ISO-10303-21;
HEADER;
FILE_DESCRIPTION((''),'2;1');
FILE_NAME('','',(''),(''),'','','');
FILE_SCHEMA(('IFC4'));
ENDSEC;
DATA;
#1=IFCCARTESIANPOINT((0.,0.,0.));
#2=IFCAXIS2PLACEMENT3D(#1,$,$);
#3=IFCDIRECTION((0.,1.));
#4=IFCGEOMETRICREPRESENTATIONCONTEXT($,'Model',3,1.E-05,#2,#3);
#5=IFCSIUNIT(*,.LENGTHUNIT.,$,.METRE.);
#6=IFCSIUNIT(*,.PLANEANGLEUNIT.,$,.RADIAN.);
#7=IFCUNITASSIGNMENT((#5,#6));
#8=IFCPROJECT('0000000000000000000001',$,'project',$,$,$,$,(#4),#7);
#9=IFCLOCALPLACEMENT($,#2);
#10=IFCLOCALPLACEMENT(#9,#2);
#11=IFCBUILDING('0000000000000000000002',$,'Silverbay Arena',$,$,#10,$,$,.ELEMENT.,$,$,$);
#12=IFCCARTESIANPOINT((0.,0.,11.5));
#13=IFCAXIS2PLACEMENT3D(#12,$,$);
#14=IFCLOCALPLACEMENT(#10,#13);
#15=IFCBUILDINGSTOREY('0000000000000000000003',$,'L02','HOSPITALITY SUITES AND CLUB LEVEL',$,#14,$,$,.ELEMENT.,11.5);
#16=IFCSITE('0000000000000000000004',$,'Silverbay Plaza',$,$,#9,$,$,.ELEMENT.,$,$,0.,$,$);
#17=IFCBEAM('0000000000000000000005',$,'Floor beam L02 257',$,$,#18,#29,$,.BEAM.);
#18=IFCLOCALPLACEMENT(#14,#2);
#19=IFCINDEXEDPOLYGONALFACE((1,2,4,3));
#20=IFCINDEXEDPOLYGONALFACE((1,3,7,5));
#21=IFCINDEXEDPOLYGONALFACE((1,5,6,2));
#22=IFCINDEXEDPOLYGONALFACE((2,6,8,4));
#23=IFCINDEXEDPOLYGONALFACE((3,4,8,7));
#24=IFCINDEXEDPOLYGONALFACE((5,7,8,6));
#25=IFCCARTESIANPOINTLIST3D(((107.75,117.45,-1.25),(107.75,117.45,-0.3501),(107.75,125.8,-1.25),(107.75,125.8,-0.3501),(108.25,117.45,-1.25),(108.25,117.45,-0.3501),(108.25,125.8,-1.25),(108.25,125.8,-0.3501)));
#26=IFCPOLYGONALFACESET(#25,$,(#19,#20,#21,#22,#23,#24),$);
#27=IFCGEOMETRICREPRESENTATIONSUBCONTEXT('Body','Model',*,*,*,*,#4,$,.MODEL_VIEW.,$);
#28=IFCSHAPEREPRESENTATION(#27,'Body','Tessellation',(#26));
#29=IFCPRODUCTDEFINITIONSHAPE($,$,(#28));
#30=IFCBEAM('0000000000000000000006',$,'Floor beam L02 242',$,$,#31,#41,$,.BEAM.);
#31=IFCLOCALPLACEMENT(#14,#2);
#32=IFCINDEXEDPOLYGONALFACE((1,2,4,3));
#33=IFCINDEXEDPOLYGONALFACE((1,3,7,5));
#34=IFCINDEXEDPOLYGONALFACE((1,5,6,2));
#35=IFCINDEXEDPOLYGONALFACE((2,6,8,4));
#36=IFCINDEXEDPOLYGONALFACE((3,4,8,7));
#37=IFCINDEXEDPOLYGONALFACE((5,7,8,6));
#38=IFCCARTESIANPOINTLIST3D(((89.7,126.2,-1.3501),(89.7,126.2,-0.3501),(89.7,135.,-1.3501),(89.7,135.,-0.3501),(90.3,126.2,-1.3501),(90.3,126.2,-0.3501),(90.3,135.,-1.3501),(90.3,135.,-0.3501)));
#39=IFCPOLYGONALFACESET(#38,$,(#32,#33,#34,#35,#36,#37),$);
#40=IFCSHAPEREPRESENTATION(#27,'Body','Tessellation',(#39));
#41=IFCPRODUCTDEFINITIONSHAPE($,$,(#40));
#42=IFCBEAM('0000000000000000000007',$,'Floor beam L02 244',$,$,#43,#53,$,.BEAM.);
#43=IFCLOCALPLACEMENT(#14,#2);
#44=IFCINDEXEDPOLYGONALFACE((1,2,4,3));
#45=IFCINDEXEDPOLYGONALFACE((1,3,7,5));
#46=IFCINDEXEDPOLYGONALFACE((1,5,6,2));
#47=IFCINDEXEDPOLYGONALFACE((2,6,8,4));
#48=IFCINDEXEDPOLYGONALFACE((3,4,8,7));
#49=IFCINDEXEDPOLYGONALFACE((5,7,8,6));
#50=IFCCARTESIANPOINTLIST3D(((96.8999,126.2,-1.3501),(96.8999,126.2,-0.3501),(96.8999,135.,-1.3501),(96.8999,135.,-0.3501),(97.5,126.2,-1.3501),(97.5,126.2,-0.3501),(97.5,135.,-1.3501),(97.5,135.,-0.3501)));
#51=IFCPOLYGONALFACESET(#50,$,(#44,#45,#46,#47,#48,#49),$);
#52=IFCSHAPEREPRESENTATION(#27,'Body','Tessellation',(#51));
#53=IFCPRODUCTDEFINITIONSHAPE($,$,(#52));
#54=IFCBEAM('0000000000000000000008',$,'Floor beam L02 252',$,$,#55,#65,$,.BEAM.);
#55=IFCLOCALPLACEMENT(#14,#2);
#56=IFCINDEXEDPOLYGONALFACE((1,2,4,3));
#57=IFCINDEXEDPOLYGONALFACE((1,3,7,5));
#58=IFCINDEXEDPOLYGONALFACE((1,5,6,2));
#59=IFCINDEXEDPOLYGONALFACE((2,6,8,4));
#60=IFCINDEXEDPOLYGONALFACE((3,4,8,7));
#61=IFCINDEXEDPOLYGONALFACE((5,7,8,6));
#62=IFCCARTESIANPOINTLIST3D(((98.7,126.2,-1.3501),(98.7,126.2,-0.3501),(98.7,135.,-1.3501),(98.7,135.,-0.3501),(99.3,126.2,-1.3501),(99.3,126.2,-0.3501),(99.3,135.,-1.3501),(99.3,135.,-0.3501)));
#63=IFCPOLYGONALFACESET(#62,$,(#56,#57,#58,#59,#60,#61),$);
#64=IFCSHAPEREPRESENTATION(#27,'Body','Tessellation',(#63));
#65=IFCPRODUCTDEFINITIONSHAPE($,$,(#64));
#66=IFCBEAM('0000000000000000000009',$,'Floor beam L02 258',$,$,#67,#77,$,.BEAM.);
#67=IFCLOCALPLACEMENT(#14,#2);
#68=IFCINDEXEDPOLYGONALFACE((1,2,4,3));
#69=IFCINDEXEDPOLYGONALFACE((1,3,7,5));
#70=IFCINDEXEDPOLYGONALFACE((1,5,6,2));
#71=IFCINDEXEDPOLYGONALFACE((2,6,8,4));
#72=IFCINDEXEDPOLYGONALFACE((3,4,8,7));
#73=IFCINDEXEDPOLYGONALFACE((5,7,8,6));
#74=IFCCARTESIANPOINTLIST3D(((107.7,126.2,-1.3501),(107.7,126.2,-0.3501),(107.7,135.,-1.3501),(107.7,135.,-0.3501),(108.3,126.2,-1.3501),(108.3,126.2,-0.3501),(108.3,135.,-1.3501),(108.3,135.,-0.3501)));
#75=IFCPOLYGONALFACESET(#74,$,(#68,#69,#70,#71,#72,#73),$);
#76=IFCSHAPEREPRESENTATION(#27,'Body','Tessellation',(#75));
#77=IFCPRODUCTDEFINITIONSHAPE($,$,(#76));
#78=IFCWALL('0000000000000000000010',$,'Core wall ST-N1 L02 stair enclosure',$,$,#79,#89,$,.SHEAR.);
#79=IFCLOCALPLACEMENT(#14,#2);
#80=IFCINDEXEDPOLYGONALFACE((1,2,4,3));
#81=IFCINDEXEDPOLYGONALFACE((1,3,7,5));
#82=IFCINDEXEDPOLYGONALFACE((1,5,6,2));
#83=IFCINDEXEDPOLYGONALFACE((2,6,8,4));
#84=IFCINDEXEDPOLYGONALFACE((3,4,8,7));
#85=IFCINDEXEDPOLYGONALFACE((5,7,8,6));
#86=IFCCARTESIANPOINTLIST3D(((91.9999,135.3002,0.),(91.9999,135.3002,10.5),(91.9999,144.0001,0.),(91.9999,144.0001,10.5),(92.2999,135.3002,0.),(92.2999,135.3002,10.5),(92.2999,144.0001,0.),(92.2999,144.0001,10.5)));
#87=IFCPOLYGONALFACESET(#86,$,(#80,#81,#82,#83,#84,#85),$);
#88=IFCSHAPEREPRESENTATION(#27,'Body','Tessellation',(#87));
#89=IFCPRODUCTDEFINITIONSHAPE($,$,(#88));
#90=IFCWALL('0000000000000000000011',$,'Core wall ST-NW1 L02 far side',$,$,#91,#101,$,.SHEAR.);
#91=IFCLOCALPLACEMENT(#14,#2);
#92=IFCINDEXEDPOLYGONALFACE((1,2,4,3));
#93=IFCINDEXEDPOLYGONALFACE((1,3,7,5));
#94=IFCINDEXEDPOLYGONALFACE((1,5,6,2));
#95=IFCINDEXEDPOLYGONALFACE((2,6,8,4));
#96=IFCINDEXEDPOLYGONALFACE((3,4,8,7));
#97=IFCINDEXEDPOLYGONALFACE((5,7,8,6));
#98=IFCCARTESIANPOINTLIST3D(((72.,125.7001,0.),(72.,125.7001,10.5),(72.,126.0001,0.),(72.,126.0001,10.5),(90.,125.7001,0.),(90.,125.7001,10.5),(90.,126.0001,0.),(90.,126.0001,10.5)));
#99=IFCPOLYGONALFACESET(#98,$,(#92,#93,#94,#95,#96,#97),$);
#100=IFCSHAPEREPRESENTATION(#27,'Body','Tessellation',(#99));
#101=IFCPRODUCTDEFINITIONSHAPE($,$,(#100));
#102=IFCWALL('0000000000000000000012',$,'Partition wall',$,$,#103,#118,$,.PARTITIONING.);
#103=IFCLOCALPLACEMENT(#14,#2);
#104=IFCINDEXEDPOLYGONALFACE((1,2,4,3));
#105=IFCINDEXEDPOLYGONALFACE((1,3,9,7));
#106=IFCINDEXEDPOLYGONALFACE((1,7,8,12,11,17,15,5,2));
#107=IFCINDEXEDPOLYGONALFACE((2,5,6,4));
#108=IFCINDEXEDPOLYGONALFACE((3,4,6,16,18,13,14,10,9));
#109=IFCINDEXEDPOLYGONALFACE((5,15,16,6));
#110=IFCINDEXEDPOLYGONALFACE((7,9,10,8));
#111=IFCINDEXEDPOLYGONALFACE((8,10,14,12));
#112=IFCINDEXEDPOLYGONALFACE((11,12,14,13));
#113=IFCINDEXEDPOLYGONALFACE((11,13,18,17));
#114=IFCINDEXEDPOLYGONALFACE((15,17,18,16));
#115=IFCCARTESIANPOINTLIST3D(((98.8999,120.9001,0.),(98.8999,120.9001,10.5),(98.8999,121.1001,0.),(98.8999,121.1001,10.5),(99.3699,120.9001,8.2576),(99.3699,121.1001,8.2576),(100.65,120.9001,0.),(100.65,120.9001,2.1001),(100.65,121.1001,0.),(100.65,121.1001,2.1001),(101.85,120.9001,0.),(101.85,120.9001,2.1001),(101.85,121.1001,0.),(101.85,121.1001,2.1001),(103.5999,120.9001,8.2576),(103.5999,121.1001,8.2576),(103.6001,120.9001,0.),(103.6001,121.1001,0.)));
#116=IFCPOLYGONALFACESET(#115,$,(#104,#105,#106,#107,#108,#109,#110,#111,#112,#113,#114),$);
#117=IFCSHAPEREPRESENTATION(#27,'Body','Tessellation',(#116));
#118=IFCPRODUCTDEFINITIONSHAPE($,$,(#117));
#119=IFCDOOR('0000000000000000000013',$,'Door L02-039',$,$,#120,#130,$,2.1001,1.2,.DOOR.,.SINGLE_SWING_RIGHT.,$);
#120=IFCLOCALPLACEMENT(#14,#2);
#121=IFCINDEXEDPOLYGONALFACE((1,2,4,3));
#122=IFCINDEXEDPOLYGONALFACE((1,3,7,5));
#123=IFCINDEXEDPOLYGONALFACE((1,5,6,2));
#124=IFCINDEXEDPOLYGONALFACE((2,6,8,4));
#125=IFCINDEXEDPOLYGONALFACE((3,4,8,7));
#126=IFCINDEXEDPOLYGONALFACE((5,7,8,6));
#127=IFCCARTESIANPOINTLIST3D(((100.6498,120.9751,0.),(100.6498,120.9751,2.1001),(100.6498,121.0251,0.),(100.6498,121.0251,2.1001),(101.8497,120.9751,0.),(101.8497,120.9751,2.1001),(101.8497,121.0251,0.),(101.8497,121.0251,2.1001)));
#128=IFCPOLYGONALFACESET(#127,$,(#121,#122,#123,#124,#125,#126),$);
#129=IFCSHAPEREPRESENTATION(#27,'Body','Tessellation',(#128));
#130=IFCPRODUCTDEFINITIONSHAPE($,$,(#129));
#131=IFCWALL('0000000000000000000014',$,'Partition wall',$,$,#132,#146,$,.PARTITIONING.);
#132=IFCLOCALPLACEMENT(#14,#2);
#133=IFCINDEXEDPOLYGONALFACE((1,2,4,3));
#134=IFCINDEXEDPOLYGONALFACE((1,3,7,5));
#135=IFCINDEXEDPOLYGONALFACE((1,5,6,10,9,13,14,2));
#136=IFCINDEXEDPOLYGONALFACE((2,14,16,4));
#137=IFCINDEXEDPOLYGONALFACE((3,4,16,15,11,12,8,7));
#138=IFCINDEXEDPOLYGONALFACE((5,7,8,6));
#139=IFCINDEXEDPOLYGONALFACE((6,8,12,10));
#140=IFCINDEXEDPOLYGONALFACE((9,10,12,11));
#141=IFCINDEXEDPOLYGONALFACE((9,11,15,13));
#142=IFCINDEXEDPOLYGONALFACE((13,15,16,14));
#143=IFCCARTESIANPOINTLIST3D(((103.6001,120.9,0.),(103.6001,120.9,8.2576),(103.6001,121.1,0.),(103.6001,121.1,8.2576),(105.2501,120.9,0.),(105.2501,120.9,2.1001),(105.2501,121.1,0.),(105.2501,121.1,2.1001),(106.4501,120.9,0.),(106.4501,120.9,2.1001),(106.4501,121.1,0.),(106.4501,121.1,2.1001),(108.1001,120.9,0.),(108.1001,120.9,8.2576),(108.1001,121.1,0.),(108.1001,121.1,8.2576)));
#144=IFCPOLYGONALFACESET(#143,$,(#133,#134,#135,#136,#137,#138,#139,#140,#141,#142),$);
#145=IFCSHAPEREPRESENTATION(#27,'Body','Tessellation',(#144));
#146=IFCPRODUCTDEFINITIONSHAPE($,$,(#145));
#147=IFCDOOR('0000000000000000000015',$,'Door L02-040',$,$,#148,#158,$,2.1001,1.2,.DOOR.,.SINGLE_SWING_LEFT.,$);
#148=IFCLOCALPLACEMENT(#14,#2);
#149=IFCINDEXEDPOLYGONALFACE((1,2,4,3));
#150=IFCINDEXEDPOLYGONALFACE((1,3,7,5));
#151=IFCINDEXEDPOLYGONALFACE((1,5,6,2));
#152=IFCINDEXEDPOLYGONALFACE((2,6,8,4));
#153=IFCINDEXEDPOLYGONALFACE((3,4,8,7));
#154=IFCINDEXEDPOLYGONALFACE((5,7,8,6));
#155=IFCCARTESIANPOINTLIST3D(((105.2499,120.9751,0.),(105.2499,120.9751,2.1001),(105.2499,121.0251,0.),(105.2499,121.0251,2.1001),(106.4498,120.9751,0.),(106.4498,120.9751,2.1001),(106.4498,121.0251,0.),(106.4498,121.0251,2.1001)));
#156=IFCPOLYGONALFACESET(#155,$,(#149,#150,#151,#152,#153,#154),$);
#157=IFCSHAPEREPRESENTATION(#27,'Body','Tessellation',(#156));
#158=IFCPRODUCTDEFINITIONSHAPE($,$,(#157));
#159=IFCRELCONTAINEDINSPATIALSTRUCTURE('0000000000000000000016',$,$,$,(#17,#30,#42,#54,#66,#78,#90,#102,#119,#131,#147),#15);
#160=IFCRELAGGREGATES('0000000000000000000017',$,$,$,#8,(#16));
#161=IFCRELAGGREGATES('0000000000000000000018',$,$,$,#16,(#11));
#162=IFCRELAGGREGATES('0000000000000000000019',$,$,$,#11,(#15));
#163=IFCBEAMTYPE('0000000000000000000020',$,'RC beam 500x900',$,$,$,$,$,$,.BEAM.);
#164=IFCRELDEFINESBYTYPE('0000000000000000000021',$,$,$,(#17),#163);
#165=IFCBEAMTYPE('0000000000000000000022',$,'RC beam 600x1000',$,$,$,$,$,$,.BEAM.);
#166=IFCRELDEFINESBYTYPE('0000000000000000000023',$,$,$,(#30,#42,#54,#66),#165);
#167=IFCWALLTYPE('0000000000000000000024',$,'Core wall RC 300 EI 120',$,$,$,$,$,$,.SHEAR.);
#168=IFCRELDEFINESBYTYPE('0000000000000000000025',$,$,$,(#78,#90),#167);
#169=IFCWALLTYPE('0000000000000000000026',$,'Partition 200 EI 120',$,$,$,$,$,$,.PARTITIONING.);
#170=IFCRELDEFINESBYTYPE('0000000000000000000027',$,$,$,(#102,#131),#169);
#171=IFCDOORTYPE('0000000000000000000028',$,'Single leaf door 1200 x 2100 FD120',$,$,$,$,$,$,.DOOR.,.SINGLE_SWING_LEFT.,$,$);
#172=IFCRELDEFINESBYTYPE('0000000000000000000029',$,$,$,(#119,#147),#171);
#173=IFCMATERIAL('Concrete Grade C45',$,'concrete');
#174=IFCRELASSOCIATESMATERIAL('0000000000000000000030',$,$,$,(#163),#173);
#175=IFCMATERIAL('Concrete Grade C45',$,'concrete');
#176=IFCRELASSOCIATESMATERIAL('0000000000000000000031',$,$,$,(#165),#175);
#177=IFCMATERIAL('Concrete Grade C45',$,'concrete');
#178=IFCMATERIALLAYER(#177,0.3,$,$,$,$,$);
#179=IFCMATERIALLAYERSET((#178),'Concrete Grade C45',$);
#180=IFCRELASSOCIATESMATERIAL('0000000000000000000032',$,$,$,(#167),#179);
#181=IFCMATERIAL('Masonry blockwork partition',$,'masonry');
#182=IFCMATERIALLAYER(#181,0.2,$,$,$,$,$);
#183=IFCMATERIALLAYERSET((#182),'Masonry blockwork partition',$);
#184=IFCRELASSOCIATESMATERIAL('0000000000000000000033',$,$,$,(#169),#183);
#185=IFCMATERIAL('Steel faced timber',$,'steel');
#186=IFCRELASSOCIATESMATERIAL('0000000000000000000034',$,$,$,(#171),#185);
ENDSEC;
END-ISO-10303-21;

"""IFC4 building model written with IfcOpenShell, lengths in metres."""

from ifc_helpers import new_model, si_unit, direction, frame, frame_2d, origin, origin_2d, place, context, subcontext, project, spatial, polyline, rectangle, outline, extrude, material, layer, layer_set, material_profile, profile_set, type_object, element, fill, save


model = new_model("IFC4")

# Units and contexts
model_context = context("Model", 3, precision=1e-05, world=origin(), true_north=direction((0.0, 1.0)))
body_context = subcontext(model_context, "Body", "Model", "MODEL_VIEW")
ifc_project = project(units=[si_unit("LENGTHUNIT", "METRE"), si_unit("PLANEANGLEUNIT", "RADIAN")], contexts=[model_context])

# Site, building, storey
site_placement = place(None, origin())
site = spatial("IfcSite", under=ifc_project, at=site_placement, Name="Silverbay Plaza", CompositionType="ELEMENT", RefElevation=0.0)
building_placement = place(site_placement, origin())
building = spatial("IfcBuilding", under=site, at=building_placement, Name="Silverbay Arena", CompositionType="ELEMENT")
storey_placement = place(building_placement, frame((0.0, 0.0, 11.5)))
storey = spatial("IfcBuildingStorey", under=building, at=storey_placement, Name="L02", Description="HOSPITALITY SUITES AND CLUB LEVEL", CompositionType="ELEMENT", Elevation=11.5)

# Beams
ifc_material_1 = material(Name="Concrete Grade C45", Category="concrete")
ifc_material_profile_1 = material_profile(ifc_material_1, rectangle(XDim=0.5, YDim=0.8999, at=origin_2d()), Name="RC 500x900")
ifc_profile_set_1 = profile_set([ifc_material_profile_1], Name="Concrete Grade C45")
beam_type_1 = type_object("IfcBeamType", Name="RC beam 500x900", PredefinedType="BEAM", material=ifc_profile_set_1)
beam_placement = place(storey_placement, frame((108.0, 117.45, -0.8), z_axis=(0.0, 1.0, 0.0), x_axis=(-1.0, 0.0, 0.0)))
element("IfcBeam", 1, at=beam_placement, inside=storey, type_object=beam_type_1, Name="Floor beam L02 257", PredefinedType="BEAM", context=body_context, shape_type="SweptSolid", body=[
    extrude(rectangle(XDim=0.5, YDim=0.8999, at=origin_2d()), origin(), (0.0, 0.0, 1.0), 8.3501),
])
ifc_material_2 = material(Name="Concrete Grade C45", Category="concrete")
ifc_material_profile_2 = material_profile(ifc_material_2, rectangle(XDim=0.6001, YDim=1.0, at=origin_2d()), Name="RC 600x1000")
ifc_profile_set_2 = profile_set([ifc_material_profile_2], Name="Concrete Grade C45")
beam_type_2 = type_object("IfcBeamType", Name="RC beam 600x1000", PredefinedType="BEAM", material=ifc_profile_set_2)
for number, where, z_axis, x_axis, name in (
    (2, (90.0, 126.2, -0.8501), (0.0, 1.0, 0.0), (-1.0, 0.0, 0.0), "Floor beam L02 242"),
    (3, (97.2, 126.2, -0.8501), (0.0, 1.0, 0.0), (-1.0, 0.0, 0.0), "Floor beam L02 244"),
    (4, (99.0, 126.2, -0.8501), (0.0, 1.0, 0.0), (-1.0, 0.0, 0.0), "Floor beam L02 252"),
    (5, (108.0, 126.2, -0.8501), (0.0, 1.0, 0.0), (-1.0, 0.0, 0.0), "Floor beam L02 258"),
):
    element("IfcBeam", number, at=place(storey_placement, frame(where, z_axis=z_axis, x_axis=x_axis)), inside=storey, type_object=beam_type_2, Name=name, PredefinedType="BEAM", context=body_context, shape_type="SweptSolid", body=[
        extrude(rectangle(XDim=0.6001, YDim=1.0, at=origin_2d()), origin(), (0.0, 0.0, 1.0), 8.8),
    ])

# Walls
ifc_material_3 = material(Name="Concrete Grade C45", Category="concrete")
ifc_layer_1 = layer(ifc_material_3, 0.3)
ifc_layer_set_1 = layer_set([ifc_layer_1], Name="Concrete Grade C45")
wall_type_1 = type_object("IfcWallType", Name="Core wall RC 300 EI 120", PredefinedType="SHEAR", material=ifc_layer_set_1)
wall_1_placement = place(storey_placement, frame((92.1499, 135.3, 0.0), z_axis=(0.0, 0.0, 1.0), x_axis=(0.0, 1.0, 0.0)))
element("IfcWall", 6, at=wall_1_placement, inside=storey, type_object=wall_type_1, Name="Core wall ST-N1 L02 stair enclosure", PredefinedType="SHEAR", context=body_context, shape_type="SweptSolid", body=[
    extrude(rectangle(XDim=8.7, YDim=0.3, at=frame_2d((4.3501, 0.0))), origin(), (0.0, 0.0, 1.0), 10.5),
])
wall_2_placement = place(storey_placement, frame((90.0, 125.8501, 0.0), z_axis=(0.0, 0.0, 1.0), x_axis=(-1.0, 0.0, 0.0)))
element("IfcWall", 7, at=wall_2_placement, inside=storey, type_object=wall_type_1, Name="Core wall ST-NW1 L02 far side", PredefinedType="SHEAR", context=body_context, shape_type="SweptSolid", body=[
    extrude(rectangle(XDim=18.0, YDim=0.3, at=frame_2d((9.0, 0.0))), origin(), (0.0, 0.0, 1.0), 10.5),
])

# Walls, openings, doors
ifc_material_4 = material(Name="Masonry blockwork partition", Category="masonry")
ifc_layer_2 = layer(ifc_material_4, 0.2)
ifc_layer_set_2 = layer_set([ifc_layer_2], Name="Masonry blockwork partition")
wall_type_2 = type_object("IfcWallType", Name="Partition 200 EI 120", PredefinedType="PARTITIONING", material=ifc_layer_set_2)
wall_3_placement = place(storey_placement, frame((98.8999, 121.0, 0.0), z_axis=(0.0, 0.0, 1.0), x_axis=(1.0, 0.0, 0.0)))
wall_3 = element("IfcWall", 8, at=wall_3_placement, inside=storey, type_object=wall_type_2, Name="Partition wall", PredefinedType="PARTITIONING", context=body_context, shape_type="SweptSolid", body=[
    extrude(outline(polyline([(0.0, 0.0), (4.7002, 0.0), (4.7, 8.2576), (0.47, 8.2576), (0.0, 10.5), (0.0, 0.0)])), frame((0.0, 0.1001, 0.0), z_axis=(0.0, -1.0, 0.0), x_axis=(1.0, 0.0, 0.0)), (0.0, 0.0, 1.0), 0.2),
])
opening_1_placement = place(wall_3_placement, frame((1.75, 0.0, 0.0)))
opening_1 = element("IfcOpeningElement", 9, at=opening_1_placement, cuts=wall_3, PredefinedType="OPENING", context=body_context, shape_type="SweptSolid", body=[
    extrude(rectangle(XDim=1.2, YDim=2.1001, at=frame_2d((0.6001, 1.05))), frame((0.0, 0.1099, 0.0), z_axis=(0.0, -1.0, 0.0), x_axis=(1.0, 0.0, 0.0)), (0.0, 0.0, 1.0), 0.22),
])
ifc_material_5 = material(Name="Steel faced timber", Category="steel")
door_type_1 = type_object("IfcDoorType", Name="Single leaf door 1200 x 2100 FD120", OperationType="SINGLE_SWING_LEFT", PredefinedType="DOOR", material=ifc_material_5)
door_1_placement = place(opening_1_placement, frame((1.2, 0.0, 0.0), z_axis=(0.0, 0.0, 1.0), x_axis=(-1.0, 0.0, 0.0)))
door_1 = element("IfcDoor", 10, at=door_1_placement, inside=storey, type_object=door_type_1, Name="Door L02-039", OperationType="SINGLE_SWING_RIGHT", OverallHeight=2.1001, OverallWidth=1.2, PredefinedType="DOOR", context=body_context, shape_type="SweptSolid", body=[
    extrude(rectangle(XDim=1.2, YDim=2.1001, at=frame_2d((0.6001, 1.05))), frame((0.0, 0.0249, 0.0), z_axis=(0.0, -1.0, 0.0), x_axis=(1.0, 0.0, 0.0)), (0.0, 0.0, 1.0), 0.05),
])
fill(opening_1, door_1)
wall_4_placement = place(storey_placement, frame((103.6001, 121.0, 0.0), z_axis=(0.0, 0.0, 1.0), x_axis=(1.0, 0.0, 0.0)))
wall_4 = element("IfcWall", 11, at=wall_4_placement, inside=storey, type_object=wall_type_2, Name="Partition wall", PredefinedType="PARTITIONING", context=body_context, shape_type="SweptSolid", body=[
    extrude(rectangle(XDim=4.5, YDim=0.2, at=frame_2d((2.25, 0.0))), origin(), (0.0, 0.0, 1.0), 8.2576),
])
opening_2_placement = place(wall_4_placement, frame((1.6499, 0.0, 0.0)))
opening_2 = element("IfcOpeningElement", 12, at=opening_2_placement, cuts=wall_4, PredefinedType="OPENING", context=body_context, shape_type="SweptSolid", body=[
    extrude(rectangle(XDim=1.2, YDim=2.1001, at=frame_2d((0.6001, 1.05))), frame((0.0, 0.1099, 0.0), z_axis=(0.0, -1.0, 0.0), x_axis=(1.0, 0.0, 0.0)), (0.0, 0.0, 1.0), 0.22),
])
door_2_placement = place(opening_2_placement, frame((1.2, 0.0, 0.0), z_axis=(0.0, 0.0, 1.0), x_axis=(-1.0, 0.0, 0.0)))
door_2 = element("IfcDoor", 13, at=door_2_placement, inside=storey, type_object=door_type_1, Name="Door L02-040", OperationType="SINGLE_SWING_LEFT", OverallHeight=2.1001, OverallWidth=1.2, PredefinedType="DOOR", context=body_context, shape_type="SweptSolid", body=[
    extrude(rectangle(XDim=1.2, YDim=2.1001, at=frame_2d((0.6001, 1.05))), frame((0.0, 0.0249, 0.0), z_axis=(0.0, -1.0, 0.0), x_axis=(1.0, 0.0, 0.0)), (0.0, 0.0, 1.0), 0.05),
])
fill(opening_2, door_2)

save(model, "model.ifc")
